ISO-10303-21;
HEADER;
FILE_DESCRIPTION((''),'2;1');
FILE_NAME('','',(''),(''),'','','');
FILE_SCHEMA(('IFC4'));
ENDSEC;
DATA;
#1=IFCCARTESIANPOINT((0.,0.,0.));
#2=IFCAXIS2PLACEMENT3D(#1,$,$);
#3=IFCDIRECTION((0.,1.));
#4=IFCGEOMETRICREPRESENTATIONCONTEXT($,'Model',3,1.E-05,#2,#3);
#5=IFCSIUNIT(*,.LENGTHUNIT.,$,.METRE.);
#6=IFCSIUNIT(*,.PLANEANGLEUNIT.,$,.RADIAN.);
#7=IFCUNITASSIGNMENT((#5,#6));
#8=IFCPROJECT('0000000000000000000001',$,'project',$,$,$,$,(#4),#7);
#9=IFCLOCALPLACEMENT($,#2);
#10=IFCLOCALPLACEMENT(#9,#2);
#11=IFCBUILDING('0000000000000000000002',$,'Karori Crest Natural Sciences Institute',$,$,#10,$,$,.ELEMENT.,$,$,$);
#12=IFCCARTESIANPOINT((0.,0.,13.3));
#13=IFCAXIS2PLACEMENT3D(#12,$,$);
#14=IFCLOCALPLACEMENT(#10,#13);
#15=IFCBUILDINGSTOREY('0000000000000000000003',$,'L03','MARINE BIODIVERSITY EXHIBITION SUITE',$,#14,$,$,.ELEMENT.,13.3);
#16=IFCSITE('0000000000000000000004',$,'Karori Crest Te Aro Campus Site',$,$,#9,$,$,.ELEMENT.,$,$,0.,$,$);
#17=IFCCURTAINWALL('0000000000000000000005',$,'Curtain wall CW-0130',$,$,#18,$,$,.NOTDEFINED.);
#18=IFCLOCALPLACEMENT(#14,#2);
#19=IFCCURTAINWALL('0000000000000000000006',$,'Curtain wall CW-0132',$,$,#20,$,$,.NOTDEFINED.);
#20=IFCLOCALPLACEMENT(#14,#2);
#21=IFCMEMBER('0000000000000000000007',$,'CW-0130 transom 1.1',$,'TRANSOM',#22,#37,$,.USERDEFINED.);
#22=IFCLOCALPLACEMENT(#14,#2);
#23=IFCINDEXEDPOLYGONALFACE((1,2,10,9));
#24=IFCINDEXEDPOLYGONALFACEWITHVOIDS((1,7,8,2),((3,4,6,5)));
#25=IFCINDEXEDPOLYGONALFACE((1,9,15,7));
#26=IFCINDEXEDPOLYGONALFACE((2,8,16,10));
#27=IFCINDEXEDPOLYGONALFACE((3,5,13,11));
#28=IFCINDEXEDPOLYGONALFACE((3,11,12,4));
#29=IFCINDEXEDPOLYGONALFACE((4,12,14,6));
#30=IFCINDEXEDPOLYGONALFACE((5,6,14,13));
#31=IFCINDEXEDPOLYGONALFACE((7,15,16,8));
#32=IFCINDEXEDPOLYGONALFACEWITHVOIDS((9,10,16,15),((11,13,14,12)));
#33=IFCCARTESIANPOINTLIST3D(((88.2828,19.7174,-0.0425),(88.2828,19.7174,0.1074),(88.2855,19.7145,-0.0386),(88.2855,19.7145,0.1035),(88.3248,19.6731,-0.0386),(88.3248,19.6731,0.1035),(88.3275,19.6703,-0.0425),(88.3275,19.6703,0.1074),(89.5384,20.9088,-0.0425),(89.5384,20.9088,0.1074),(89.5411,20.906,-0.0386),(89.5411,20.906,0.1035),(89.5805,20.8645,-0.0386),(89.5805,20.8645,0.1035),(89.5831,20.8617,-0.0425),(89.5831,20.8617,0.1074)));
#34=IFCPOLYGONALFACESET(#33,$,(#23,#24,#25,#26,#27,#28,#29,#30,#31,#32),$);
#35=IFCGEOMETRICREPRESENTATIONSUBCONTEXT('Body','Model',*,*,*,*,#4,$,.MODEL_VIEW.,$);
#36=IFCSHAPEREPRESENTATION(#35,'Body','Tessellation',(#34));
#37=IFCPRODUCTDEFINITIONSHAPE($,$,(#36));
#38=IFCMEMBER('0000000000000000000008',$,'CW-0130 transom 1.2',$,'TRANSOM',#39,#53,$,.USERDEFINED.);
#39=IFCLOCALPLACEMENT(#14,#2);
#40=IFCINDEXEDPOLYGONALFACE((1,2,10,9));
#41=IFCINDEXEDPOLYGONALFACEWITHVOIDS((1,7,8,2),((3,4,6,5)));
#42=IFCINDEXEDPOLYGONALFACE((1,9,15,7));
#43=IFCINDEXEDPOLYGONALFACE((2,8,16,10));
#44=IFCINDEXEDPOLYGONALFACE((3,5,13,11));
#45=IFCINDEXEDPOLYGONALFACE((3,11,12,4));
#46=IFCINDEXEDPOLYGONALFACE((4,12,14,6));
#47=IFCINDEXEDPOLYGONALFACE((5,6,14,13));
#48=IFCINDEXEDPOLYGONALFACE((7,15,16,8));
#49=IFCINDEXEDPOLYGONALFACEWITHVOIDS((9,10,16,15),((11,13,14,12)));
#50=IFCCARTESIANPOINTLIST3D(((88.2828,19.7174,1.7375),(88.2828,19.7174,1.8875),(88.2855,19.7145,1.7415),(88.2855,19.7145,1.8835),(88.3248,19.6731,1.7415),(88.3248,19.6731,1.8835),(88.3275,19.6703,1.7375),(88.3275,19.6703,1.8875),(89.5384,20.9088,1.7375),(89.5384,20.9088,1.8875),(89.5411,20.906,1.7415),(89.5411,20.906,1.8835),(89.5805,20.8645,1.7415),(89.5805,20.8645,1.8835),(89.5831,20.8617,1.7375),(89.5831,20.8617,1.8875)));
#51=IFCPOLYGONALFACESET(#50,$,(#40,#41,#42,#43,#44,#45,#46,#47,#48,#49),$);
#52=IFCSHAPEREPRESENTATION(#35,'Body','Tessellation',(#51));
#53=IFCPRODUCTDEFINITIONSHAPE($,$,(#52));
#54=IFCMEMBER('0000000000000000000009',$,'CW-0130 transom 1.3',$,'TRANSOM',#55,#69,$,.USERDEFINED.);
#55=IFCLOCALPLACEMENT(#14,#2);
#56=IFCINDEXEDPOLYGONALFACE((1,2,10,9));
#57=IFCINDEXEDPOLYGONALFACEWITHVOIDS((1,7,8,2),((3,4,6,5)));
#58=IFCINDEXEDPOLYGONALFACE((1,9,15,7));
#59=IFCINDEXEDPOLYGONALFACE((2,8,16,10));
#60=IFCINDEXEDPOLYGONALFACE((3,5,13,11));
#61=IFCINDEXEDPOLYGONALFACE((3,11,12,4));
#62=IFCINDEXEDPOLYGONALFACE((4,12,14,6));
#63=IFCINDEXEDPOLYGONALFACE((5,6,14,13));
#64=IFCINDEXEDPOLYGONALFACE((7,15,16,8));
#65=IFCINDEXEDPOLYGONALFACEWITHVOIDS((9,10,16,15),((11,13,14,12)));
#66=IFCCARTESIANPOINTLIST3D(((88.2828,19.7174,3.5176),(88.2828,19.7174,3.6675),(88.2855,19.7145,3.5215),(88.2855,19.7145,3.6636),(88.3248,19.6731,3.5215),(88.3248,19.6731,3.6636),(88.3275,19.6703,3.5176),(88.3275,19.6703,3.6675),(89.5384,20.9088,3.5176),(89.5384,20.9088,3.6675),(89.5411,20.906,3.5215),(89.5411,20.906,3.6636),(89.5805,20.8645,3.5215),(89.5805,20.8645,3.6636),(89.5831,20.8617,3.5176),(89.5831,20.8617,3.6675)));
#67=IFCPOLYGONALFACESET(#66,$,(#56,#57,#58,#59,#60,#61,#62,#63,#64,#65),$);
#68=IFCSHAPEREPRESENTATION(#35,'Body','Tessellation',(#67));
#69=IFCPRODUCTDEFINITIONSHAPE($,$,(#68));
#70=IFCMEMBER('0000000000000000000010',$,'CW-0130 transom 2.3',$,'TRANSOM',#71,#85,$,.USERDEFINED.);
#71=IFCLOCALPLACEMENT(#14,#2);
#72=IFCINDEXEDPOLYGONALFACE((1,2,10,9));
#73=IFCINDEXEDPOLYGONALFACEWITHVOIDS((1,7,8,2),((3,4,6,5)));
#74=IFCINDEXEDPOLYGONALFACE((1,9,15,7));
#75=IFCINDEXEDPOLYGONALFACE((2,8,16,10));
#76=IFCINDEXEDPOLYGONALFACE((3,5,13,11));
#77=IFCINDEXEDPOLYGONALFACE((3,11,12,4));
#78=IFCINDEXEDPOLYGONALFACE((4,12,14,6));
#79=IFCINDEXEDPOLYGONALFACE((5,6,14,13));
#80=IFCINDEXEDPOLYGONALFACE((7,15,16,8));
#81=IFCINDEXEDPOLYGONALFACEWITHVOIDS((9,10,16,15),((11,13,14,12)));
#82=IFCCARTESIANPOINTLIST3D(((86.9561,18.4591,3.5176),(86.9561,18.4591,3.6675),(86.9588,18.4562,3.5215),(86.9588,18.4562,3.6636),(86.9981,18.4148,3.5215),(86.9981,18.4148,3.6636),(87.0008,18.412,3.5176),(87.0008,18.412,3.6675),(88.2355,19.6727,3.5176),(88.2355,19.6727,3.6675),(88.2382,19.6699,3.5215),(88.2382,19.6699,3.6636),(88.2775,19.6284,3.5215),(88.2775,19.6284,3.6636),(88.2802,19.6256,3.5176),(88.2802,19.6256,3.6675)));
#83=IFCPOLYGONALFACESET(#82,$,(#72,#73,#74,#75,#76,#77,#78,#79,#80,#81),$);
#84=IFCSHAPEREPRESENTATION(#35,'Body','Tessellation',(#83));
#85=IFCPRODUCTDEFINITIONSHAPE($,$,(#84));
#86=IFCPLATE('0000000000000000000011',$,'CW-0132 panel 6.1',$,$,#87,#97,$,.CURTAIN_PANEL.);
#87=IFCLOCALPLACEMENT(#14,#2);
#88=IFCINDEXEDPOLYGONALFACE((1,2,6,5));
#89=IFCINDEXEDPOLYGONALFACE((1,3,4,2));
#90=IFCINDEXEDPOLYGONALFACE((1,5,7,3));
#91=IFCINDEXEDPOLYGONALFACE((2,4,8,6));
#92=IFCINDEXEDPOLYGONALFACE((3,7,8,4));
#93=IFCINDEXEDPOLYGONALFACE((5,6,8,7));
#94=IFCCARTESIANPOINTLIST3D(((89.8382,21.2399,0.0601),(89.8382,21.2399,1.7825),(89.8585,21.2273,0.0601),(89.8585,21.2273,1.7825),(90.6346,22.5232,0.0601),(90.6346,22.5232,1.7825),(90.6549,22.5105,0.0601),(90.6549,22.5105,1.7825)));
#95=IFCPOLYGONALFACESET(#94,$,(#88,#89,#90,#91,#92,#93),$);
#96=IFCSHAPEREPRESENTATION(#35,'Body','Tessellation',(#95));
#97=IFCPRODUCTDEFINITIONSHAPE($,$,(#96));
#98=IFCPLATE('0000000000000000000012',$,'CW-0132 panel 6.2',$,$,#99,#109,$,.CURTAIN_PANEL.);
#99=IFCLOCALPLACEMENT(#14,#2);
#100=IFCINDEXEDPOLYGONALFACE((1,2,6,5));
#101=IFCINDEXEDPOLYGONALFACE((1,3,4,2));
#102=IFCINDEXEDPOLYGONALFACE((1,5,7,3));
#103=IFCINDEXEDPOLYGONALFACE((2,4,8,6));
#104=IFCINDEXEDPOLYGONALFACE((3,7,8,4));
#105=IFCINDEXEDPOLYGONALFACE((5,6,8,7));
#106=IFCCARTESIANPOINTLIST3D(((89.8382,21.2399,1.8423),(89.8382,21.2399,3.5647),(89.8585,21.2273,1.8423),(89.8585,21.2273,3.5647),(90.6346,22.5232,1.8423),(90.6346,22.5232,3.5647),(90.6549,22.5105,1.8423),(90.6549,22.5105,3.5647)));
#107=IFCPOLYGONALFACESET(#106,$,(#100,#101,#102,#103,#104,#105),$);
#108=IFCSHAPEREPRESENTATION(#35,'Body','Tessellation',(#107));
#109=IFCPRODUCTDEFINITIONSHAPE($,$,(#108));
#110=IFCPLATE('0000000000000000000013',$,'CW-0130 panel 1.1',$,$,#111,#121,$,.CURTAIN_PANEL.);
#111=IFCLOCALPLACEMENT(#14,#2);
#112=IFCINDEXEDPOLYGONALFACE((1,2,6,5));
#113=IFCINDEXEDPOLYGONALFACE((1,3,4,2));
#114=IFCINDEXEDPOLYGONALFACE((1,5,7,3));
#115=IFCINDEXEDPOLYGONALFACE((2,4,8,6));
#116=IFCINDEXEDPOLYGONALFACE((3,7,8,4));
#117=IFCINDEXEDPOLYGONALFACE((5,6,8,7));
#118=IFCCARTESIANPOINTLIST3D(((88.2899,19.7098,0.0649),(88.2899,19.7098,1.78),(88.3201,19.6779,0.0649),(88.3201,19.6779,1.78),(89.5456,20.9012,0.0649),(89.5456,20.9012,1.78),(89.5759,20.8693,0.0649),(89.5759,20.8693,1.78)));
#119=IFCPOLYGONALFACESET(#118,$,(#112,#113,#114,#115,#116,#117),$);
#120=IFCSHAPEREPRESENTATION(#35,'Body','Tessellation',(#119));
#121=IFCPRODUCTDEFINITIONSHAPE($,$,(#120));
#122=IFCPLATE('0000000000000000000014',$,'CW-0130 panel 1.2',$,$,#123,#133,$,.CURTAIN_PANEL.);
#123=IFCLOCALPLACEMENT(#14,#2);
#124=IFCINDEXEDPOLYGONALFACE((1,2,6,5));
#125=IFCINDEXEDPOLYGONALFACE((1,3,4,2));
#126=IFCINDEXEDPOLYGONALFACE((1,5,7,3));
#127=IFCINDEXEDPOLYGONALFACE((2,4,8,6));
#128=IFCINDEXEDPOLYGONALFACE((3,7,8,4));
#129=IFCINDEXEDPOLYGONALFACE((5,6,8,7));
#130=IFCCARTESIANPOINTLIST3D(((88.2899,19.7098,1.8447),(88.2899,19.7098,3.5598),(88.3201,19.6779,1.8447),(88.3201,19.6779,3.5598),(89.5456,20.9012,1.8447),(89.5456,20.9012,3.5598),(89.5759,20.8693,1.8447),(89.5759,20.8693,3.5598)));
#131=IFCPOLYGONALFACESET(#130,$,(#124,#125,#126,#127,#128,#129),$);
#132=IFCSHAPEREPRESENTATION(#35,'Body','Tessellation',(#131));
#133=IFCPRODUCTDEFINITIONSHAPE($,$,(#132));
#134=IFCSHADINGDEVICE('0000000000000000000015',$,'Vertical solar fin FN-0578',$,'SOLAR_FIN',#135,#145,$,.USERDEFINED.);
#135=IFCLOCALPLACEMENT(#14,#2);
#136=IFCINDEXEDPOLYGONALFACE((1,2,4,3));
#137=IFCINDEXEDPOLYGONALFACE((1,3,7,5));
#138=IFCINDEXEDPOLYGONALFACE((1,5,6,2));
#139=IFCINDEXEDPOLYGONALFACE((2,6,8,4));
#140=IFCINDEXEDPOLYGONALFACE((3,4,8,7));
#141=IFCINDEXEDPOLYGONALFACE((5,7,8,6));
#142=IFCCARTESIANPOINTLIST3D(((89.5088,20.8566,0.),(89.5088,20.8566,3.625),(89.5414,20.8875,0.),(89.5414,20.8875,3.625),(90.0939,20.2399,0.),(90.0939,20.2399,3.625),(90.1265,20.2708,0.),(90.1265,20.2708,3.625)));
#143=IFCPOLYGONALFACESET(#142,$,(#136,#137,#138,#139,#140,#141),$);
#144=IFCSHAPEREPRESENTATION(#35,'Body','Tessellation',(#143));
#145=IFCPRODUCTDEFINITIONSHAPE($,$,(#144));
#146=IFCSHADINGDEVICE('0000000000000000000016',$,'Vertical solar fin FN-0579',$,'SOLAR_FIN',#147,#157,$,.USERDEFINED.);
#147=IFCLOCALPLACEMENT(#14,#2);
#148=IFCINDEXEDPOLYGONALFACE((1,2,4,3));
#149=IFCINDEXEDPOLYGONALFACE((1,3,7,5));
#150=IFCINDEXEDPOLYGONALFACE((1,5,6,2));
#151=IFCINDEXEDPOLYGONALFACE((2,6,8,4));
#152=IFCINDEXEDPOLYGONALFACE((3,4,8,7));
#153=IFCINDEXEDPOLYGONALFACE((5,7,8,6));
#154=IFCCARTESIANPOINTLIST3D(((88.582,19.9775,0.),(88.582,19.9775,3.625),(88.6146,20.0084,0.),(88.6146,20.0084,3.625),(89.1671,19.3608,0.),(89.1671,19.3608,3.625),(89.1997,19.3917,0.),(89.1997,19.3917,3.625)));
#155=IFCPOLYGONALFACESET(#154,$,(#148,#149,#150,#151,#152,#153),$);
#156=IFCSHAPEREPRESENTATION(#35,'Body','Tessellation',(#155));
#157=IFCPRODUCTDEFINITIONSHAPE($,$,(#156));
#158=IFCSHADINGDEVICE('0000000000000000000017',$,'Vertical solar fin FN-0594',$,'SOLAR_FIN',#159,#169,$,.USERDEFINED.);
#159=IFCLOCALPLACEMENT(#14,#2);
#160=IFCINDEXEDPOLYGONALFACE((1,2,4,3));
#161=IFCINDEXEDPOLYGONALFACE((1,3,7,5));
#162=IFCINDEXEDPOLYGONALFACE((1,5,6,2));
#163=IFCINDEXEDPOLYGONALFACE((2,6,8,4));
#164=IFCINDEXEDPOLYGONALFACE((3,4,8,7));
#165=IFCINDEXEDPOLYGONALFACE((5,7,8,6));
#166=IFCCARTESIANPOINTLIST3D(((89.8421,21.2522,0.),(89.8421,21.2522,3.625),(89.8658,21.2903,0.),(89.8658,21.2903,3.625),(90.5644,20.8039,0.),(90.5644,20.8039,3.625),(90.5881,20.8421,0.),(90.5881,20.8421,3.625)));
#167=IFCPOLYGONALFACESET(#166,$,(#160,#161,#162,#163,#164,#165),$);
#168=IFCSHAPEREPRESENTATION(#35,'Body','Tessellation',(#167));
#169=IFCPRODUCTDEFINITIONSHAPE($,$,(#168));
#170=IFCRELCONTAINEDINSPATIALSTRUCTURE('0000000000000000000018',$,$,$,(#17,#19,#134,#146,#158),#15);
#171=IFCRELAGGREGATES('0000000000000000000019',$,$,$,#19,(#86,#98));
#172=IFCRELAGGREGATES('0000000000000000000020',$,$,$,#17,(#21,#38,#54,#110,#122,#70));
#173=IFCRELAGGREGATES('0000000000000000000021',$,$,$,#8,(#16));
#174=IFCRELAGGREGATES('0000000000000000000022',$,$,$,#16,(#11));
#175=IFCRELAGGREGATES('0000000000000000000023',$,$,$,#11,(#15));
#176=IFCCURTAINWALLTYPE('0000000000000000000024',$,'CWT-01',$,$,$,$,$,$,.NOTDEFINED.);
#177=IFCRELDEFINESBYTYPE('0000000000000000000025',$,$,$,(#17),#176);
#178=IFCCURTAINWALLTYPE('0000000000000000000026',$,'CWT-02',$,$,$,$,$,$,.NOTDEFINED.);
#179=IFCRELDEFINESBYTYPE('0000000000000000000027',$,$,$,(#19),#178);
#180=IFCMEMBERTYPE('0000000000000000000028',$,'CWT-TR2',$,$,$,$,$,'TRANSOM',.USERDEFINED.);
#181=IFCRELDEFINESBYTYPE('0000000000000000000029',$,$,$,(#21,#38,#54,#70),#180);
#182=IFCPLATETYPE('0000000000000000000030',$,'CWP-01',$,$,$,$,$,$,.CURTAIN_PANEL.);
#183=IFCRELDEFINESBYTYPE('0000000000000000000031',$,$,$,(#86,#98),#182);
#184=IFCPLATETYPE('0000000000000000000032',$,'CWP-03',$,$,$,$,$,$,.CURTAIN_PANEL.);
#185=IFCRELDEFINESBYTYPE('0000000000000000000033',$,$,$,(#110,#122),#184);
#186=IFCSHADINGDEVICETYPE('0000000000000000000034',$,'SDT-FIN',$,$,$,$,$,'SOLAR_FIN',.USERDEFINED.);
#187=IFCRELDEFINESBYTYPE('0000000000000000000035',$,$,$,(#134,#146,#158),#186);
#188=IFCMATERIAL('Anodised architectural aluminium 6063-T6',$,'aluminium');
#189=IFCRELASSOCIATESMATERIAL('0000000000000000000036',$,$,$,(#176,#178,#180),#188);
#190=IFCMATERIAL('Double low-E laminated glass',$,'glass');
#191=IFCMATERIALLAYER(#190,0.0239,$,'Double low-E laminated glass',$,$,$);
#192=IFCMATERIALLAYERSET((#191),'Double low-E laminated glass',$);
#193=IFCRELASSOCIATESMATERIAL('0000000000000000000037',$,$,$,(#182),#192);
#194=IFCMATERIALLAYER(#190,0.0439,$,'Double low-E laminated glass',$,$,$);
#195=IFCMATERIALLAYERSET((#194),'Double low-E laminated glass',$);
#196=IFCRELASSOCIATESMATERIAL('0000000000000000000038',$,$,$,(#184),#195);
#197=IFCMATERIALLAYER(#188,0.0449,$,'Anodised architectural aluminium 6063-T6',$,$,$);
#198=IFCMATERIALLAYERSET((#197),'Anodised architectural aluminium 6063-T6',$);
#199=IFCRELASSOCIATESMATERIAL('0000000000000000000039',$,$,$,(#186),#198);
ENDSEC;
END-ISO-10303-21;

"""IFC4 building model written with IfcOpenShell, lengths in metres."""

from ifc_helpers import new_model, si_unit, direction, frame, origin, origin_2d, place, context, subcontext, project, spatial, rectangle, hollow_rectangle, extrude, material, layer, layer_set, material_profile, profile_set, type_object, element, aggregate, save


model = new_model("IFC4")

# Units and contexts
model_context = context("Model", 3, precision=1e-05, world=origin(), true_north=direction((0.0, 1.0)))
body_context = subcontext(model_context, "Body", "Model", "MODEL_VIEW")
ifc_project = project(units=[si_unit("LENGTHUNIT", "METRE"), si_unit("PLANEANGLEUNIT", "RADIAN")], contexts=[model_context])

# Site, building, storey
site_placement = place(None, origin())
site = spatial("IfcSite", under=ifc_project, at=site_placement, Name="Karori Crest Te Aro Campus Site", CompositionType="ELEMENT", RefElevation=0.0)
building_placement = place(site_placement, origin())
building = spatial("IfcBuilding", under=site, at=building_placement, Name="Karori Crest Natural Sciences Institute", CompositionType="ELEMENT")
storey_placement = place(building_placement, frame((0.0, 0.0, 13.3)))
storey = spatial("IfcBuildingStorey", under=building, at=storey_placement, Name="L03", Description="MARINE BIODIVERSITY EXHIBITION SUITE", CompositionType="ELEMENT", Elevation=13.3)

# Curtain walls
ifc_material_1 = material(Name="Anodised architectural aluminium 6063-T6", Category="aluminium")
curtain_wall_type_1 = type_object("IfcCurtainWallType", Name="CWT-01", PredefinedType="NOTDEFINED", material=ifc_material_1)
curtain_wall_1_placement = place(storey_placement, origin())
curtain_wall_1 = element("IfcCurtainWall", 1, at=curtain_wall_1_placement, inside=storey, type_object=curtain_wall_type_1, Name="Curtain wall CW-0130", PredefinedType="NOTDEFINED")
curtain_wall_type_2 = type_object("IfcCurtainWallType", Name="CWT-02", PredefinedType="NOTDEFINED", material=ifc_material_1)
curtain_wall_2_placement = place(storey_placement, origin())
curtain_wall_2 = element("IfcCurtainWall", 2, at=curtain_wall_2_placement, inside=storey, type_object=curtain_wall_type_2, Name="Curtain wall CW-0132", PredefinedType="NOTDEFINED")

# Members
ifc_material_profile_1 = material_profile(ifc_material_1, hollow_rectangle(XDim=0.0649, YDim=0.1499, WallThickness=0.0039, at=origin_2d()), Name="CWT150x65x4")
ifc_profile_set_1 = profile_set([ifc_material_profile_1], Name="Anodised architectural aluminium 6063-T6")
member_type_1 = type_object("IfcMemberType", Name="CWT-TR2", ElementType="TRANSOM", PredefinedType="USERDEFINED", material=ifc_profile_set_1)
member_1_placement = place(storey_placement, frame((89.5608, 20.8853, 0.0325), z_axis=(-0.725411, -0.688316, 0.0), x_axis=(0.688316, -0.725411, 0.0)))
member_1 = element("IfcMember", 3, at=member_1_placement, type_object=member_type_1, Name="CW-0130 transom 1.1", ObjectType="TRANSOM", PredefinedType="USERDEFINED", context=body_context, shape_type="SweptSolid", body=[
    extrude(hollow_rectangle(XDim=0.0649, YDim=0.1499, WallThickness=0.0039, at=origin_2d()), origin(), (0.0, 0.0, 1.0), 1.731),
])
member_2_placement = place(storey_placement, frame((89.5608, 20.8853, 1.8125), z_axis=(-0.725411, -0.688316, 0.0), x_axis=(0.688316, -0.725411, 0.0)))
member_2 = element("IfcMember", 4, at=member_2_placement, type_object=member_type_1, Name="CW-0130 transom 1.2", ObjectType="TRANSOM", PredefinedType="USERDEFINED", context=body_context, shape_type="SweptSolid", body=[
    extrude(hollow_rectangle(XDim=0.0649, YDim=0.1499, WallThickness=0.0039, at=origin_2d()), origin(), (0.0, 0.0, 1.0), 1.731),
])
member_3_placement = place(storey_placement, frame((89.5608, 20.8853, 3.5925), z_axis=(-0.725411, -0.688316, 0.0), x_axis=(0.688316, -0.725411, 0.0)))
member_3 = element("IfcMember", 5, at=member_3_placement, type_object=member_type_1, Name="CW-0130 transom 1.3", ObjectType="TRANSOM", PredefinedType="USERDEFINED", context=body_context, shape_type="SweptSolid", body=[
    extrude(hollow_rectangle(XDim=0.0649, YDim=0.1499, WallThickness=0.0039, at=origin_2d()), origin(), (0.0, 0.0, 1.0), 1.731),
])
member_4_placement = place(storey_placement, frame((88.2578, 19.6492, 3.5925), z_axis=(-0.725483, -0.68824, 0.0), x_axis=(0.68824, -0.725483, 0.0)))
member_4 = element("IfcMember", 6, at=member_4_placement, type_object=member_type_1, Name="CW-0130 transom 2.3", ObjectType="TRANSOM", PredefinedType="USERDEFINED", context=body_context, shape_type="SweptSolid", body=[
    extrude(hollow_rectangle(XDim=0.0649, YDim=0.1499, WallThickness=0.0039, at=origin_2d()), origin(), (0.0, 0.0, 1.0), 1.7634),
])

# Plates
ifc_material_2 = material(Name="Double low-E laminated glass", Category="glass")
ifc_layer_1 = layer(ifc_material_2, 0.0239, Name="Double low-E laminated glass")
ifc_layer_set_1 = layer_set([ifc_layer_1], Name="Double low-E laminated glass")
plate_type_1 = type_object("IfcPlateType", Name="CWP-01", PredefinedType="CURTAIN_PANEL", material=ifc_layer_set_1)
plate_1_placement = place(storey_placement, frame((90.2466, 21.8752, 0.0601), z_axis=(0.0, 0.0, 1.0), x_axis=(-0.527324, -0.849664, 0.0)))
plate_1 = element("IfcPlate", 7, at=plate_1_placement, type_object=plate_type_1, Name="CW-0132 panel 6.1", PredefinedType="CURTAIN_PANEL", context=body_context, shape_type="SweptSolid", body=[
    extrude(rectangle(XDim=1.5103, YDim=0.0239, at=origin_2d()), origin(), (0.0, 0.0, 1.0), 1.7224),
])
plate_2_placement = place(storey_placement, frame((90.2466, 21.8752, 1.8423), z_axis=(0.0, 0.0, 1.0), x_axis=(-0.527324, -0.849664, 0.0)))
plate_2 = element("IfcPlate", 8, at=plate_2_placement, type_object=plate_type_1, Name="CW-0132 panel 6.2", PredefinedType="CURTAIN_PANEL", context=body_context, shape_type="SweptSolid", body=[
    extrude(rectangle(XDim=1.5103, YDim=0.0239, at=origin_2d()), origin(), (0.0, 0.0, 1.0), 1.7224),
])
aggregate(curtain_wall_2, [plate_1, plate_2])
ifc_layer_2 = layer(ifc_material_2, 0.0439, Name="Double low-E laminated glass")
ifc_layer_set_2 = layer_set([ifc_layer_2], Name="Double low-E laminated glass")
plate_type_2 = type_object("IfcPlateType", Name="CWP-03", PredefinedType="CURTAIN_PANEL", material=ifc_layer_set_2)
plate_3_placement = place(storey_placement, frame((88.9329, 20.2896, 0.0649), z_axis=(0.0, 0.0, 1.0), x_axis=(-0.725473, -0.688251, 0.0)))
plate_3 = element("IfcPlate", 9, at=plate_3_placement, type_object=plate_type_2, Name="CW-0130 panel 1.1", PredefinedType="CURTAIN_PANEL", context=body_context, shape_type="SweptSolid", body=[
    extrude(rectangle(XDim=1.731, YDim=0.0439, at=origin_2d()), origin(), (0.0, 0.0, 1.0), 1.7151),
])
plate_4_placement = place(storey_placement, frame((88.9329, 20.2896, 1.8447), z_axis=(0.0, 0.0, 1.0), x_axis=(-0.725473, -0.688251, 0.0)))
plate_4 = element("IfcPlate", 10, at=plate_4_placement, type_object=plate_type_2, Name="CW-0130 panel 1.2", PredefinedType="CURTAIN_PANEL", context=body_context, shape_type="SweptSolid", body=[
    extrude(rectangle(XDim=1.731, YDim=0.0439, at=origin_2d()), origin(), (0.0, 0.0, 1.0), 1.7151),
])
aggregate(curtain_wall_1, [member_1, member_2, member_3, plate_3, plate_4, member_4])

# Shading devices
ifc_layer_3 = layer(ifc_material_1, 0.0449, Name="Anodised architectural aluminium 6063-T6")
ifc_layer_set_3 = layer_set([ifc_layer_3], Name="Anodised architectural aluminium 6063-T6")
shading_device_type = type_object("IfcShadingDeviceType", Name="SDT-FIN", ElementType="SOLAR_FIN", PredefinedType="USERDEFINED", material=ifc_layer_set_3)
for number, where, z_axis, x_axis, name in (
    (11, (89.8176, 20.5637, 0.0), (0.0, 0.0, 1.0), (0.688251, -0.725473, 0.0), "Vertical solar fin FN-0578"),
    (12, (88.8909, 19.6846, 0.0), (0.0, 0.0, 1.0), (0.688251, -0.725473, 0.0), "Vertical solar fin FN-0579"),
    (13, (90.2151, 21.0471, 0.0), (0.0, 0.0, 1.0), (0.849665, -0.527324, 0.0), "Vertical solar fin FN-0594"),
):
    element("IfcShadingDevice", number, at=place(storey_placement, frame(where, z_axis=z_axis, x_axis=x_axis)), inside=storey, type_object=shading_device_type, Name=name, ObjectType="SOLAR_FIN", PredefinedType="USERDEFINED", context=body_context, shape_type="SweptSolid", body=[
        extrude(rectangle(XDim=0.8501, YDim=0.0449, at=origin_2d()), origin(), (0.0, 0.0, 1.0), 3.625),
    ])

save(model, "model.ifc")
